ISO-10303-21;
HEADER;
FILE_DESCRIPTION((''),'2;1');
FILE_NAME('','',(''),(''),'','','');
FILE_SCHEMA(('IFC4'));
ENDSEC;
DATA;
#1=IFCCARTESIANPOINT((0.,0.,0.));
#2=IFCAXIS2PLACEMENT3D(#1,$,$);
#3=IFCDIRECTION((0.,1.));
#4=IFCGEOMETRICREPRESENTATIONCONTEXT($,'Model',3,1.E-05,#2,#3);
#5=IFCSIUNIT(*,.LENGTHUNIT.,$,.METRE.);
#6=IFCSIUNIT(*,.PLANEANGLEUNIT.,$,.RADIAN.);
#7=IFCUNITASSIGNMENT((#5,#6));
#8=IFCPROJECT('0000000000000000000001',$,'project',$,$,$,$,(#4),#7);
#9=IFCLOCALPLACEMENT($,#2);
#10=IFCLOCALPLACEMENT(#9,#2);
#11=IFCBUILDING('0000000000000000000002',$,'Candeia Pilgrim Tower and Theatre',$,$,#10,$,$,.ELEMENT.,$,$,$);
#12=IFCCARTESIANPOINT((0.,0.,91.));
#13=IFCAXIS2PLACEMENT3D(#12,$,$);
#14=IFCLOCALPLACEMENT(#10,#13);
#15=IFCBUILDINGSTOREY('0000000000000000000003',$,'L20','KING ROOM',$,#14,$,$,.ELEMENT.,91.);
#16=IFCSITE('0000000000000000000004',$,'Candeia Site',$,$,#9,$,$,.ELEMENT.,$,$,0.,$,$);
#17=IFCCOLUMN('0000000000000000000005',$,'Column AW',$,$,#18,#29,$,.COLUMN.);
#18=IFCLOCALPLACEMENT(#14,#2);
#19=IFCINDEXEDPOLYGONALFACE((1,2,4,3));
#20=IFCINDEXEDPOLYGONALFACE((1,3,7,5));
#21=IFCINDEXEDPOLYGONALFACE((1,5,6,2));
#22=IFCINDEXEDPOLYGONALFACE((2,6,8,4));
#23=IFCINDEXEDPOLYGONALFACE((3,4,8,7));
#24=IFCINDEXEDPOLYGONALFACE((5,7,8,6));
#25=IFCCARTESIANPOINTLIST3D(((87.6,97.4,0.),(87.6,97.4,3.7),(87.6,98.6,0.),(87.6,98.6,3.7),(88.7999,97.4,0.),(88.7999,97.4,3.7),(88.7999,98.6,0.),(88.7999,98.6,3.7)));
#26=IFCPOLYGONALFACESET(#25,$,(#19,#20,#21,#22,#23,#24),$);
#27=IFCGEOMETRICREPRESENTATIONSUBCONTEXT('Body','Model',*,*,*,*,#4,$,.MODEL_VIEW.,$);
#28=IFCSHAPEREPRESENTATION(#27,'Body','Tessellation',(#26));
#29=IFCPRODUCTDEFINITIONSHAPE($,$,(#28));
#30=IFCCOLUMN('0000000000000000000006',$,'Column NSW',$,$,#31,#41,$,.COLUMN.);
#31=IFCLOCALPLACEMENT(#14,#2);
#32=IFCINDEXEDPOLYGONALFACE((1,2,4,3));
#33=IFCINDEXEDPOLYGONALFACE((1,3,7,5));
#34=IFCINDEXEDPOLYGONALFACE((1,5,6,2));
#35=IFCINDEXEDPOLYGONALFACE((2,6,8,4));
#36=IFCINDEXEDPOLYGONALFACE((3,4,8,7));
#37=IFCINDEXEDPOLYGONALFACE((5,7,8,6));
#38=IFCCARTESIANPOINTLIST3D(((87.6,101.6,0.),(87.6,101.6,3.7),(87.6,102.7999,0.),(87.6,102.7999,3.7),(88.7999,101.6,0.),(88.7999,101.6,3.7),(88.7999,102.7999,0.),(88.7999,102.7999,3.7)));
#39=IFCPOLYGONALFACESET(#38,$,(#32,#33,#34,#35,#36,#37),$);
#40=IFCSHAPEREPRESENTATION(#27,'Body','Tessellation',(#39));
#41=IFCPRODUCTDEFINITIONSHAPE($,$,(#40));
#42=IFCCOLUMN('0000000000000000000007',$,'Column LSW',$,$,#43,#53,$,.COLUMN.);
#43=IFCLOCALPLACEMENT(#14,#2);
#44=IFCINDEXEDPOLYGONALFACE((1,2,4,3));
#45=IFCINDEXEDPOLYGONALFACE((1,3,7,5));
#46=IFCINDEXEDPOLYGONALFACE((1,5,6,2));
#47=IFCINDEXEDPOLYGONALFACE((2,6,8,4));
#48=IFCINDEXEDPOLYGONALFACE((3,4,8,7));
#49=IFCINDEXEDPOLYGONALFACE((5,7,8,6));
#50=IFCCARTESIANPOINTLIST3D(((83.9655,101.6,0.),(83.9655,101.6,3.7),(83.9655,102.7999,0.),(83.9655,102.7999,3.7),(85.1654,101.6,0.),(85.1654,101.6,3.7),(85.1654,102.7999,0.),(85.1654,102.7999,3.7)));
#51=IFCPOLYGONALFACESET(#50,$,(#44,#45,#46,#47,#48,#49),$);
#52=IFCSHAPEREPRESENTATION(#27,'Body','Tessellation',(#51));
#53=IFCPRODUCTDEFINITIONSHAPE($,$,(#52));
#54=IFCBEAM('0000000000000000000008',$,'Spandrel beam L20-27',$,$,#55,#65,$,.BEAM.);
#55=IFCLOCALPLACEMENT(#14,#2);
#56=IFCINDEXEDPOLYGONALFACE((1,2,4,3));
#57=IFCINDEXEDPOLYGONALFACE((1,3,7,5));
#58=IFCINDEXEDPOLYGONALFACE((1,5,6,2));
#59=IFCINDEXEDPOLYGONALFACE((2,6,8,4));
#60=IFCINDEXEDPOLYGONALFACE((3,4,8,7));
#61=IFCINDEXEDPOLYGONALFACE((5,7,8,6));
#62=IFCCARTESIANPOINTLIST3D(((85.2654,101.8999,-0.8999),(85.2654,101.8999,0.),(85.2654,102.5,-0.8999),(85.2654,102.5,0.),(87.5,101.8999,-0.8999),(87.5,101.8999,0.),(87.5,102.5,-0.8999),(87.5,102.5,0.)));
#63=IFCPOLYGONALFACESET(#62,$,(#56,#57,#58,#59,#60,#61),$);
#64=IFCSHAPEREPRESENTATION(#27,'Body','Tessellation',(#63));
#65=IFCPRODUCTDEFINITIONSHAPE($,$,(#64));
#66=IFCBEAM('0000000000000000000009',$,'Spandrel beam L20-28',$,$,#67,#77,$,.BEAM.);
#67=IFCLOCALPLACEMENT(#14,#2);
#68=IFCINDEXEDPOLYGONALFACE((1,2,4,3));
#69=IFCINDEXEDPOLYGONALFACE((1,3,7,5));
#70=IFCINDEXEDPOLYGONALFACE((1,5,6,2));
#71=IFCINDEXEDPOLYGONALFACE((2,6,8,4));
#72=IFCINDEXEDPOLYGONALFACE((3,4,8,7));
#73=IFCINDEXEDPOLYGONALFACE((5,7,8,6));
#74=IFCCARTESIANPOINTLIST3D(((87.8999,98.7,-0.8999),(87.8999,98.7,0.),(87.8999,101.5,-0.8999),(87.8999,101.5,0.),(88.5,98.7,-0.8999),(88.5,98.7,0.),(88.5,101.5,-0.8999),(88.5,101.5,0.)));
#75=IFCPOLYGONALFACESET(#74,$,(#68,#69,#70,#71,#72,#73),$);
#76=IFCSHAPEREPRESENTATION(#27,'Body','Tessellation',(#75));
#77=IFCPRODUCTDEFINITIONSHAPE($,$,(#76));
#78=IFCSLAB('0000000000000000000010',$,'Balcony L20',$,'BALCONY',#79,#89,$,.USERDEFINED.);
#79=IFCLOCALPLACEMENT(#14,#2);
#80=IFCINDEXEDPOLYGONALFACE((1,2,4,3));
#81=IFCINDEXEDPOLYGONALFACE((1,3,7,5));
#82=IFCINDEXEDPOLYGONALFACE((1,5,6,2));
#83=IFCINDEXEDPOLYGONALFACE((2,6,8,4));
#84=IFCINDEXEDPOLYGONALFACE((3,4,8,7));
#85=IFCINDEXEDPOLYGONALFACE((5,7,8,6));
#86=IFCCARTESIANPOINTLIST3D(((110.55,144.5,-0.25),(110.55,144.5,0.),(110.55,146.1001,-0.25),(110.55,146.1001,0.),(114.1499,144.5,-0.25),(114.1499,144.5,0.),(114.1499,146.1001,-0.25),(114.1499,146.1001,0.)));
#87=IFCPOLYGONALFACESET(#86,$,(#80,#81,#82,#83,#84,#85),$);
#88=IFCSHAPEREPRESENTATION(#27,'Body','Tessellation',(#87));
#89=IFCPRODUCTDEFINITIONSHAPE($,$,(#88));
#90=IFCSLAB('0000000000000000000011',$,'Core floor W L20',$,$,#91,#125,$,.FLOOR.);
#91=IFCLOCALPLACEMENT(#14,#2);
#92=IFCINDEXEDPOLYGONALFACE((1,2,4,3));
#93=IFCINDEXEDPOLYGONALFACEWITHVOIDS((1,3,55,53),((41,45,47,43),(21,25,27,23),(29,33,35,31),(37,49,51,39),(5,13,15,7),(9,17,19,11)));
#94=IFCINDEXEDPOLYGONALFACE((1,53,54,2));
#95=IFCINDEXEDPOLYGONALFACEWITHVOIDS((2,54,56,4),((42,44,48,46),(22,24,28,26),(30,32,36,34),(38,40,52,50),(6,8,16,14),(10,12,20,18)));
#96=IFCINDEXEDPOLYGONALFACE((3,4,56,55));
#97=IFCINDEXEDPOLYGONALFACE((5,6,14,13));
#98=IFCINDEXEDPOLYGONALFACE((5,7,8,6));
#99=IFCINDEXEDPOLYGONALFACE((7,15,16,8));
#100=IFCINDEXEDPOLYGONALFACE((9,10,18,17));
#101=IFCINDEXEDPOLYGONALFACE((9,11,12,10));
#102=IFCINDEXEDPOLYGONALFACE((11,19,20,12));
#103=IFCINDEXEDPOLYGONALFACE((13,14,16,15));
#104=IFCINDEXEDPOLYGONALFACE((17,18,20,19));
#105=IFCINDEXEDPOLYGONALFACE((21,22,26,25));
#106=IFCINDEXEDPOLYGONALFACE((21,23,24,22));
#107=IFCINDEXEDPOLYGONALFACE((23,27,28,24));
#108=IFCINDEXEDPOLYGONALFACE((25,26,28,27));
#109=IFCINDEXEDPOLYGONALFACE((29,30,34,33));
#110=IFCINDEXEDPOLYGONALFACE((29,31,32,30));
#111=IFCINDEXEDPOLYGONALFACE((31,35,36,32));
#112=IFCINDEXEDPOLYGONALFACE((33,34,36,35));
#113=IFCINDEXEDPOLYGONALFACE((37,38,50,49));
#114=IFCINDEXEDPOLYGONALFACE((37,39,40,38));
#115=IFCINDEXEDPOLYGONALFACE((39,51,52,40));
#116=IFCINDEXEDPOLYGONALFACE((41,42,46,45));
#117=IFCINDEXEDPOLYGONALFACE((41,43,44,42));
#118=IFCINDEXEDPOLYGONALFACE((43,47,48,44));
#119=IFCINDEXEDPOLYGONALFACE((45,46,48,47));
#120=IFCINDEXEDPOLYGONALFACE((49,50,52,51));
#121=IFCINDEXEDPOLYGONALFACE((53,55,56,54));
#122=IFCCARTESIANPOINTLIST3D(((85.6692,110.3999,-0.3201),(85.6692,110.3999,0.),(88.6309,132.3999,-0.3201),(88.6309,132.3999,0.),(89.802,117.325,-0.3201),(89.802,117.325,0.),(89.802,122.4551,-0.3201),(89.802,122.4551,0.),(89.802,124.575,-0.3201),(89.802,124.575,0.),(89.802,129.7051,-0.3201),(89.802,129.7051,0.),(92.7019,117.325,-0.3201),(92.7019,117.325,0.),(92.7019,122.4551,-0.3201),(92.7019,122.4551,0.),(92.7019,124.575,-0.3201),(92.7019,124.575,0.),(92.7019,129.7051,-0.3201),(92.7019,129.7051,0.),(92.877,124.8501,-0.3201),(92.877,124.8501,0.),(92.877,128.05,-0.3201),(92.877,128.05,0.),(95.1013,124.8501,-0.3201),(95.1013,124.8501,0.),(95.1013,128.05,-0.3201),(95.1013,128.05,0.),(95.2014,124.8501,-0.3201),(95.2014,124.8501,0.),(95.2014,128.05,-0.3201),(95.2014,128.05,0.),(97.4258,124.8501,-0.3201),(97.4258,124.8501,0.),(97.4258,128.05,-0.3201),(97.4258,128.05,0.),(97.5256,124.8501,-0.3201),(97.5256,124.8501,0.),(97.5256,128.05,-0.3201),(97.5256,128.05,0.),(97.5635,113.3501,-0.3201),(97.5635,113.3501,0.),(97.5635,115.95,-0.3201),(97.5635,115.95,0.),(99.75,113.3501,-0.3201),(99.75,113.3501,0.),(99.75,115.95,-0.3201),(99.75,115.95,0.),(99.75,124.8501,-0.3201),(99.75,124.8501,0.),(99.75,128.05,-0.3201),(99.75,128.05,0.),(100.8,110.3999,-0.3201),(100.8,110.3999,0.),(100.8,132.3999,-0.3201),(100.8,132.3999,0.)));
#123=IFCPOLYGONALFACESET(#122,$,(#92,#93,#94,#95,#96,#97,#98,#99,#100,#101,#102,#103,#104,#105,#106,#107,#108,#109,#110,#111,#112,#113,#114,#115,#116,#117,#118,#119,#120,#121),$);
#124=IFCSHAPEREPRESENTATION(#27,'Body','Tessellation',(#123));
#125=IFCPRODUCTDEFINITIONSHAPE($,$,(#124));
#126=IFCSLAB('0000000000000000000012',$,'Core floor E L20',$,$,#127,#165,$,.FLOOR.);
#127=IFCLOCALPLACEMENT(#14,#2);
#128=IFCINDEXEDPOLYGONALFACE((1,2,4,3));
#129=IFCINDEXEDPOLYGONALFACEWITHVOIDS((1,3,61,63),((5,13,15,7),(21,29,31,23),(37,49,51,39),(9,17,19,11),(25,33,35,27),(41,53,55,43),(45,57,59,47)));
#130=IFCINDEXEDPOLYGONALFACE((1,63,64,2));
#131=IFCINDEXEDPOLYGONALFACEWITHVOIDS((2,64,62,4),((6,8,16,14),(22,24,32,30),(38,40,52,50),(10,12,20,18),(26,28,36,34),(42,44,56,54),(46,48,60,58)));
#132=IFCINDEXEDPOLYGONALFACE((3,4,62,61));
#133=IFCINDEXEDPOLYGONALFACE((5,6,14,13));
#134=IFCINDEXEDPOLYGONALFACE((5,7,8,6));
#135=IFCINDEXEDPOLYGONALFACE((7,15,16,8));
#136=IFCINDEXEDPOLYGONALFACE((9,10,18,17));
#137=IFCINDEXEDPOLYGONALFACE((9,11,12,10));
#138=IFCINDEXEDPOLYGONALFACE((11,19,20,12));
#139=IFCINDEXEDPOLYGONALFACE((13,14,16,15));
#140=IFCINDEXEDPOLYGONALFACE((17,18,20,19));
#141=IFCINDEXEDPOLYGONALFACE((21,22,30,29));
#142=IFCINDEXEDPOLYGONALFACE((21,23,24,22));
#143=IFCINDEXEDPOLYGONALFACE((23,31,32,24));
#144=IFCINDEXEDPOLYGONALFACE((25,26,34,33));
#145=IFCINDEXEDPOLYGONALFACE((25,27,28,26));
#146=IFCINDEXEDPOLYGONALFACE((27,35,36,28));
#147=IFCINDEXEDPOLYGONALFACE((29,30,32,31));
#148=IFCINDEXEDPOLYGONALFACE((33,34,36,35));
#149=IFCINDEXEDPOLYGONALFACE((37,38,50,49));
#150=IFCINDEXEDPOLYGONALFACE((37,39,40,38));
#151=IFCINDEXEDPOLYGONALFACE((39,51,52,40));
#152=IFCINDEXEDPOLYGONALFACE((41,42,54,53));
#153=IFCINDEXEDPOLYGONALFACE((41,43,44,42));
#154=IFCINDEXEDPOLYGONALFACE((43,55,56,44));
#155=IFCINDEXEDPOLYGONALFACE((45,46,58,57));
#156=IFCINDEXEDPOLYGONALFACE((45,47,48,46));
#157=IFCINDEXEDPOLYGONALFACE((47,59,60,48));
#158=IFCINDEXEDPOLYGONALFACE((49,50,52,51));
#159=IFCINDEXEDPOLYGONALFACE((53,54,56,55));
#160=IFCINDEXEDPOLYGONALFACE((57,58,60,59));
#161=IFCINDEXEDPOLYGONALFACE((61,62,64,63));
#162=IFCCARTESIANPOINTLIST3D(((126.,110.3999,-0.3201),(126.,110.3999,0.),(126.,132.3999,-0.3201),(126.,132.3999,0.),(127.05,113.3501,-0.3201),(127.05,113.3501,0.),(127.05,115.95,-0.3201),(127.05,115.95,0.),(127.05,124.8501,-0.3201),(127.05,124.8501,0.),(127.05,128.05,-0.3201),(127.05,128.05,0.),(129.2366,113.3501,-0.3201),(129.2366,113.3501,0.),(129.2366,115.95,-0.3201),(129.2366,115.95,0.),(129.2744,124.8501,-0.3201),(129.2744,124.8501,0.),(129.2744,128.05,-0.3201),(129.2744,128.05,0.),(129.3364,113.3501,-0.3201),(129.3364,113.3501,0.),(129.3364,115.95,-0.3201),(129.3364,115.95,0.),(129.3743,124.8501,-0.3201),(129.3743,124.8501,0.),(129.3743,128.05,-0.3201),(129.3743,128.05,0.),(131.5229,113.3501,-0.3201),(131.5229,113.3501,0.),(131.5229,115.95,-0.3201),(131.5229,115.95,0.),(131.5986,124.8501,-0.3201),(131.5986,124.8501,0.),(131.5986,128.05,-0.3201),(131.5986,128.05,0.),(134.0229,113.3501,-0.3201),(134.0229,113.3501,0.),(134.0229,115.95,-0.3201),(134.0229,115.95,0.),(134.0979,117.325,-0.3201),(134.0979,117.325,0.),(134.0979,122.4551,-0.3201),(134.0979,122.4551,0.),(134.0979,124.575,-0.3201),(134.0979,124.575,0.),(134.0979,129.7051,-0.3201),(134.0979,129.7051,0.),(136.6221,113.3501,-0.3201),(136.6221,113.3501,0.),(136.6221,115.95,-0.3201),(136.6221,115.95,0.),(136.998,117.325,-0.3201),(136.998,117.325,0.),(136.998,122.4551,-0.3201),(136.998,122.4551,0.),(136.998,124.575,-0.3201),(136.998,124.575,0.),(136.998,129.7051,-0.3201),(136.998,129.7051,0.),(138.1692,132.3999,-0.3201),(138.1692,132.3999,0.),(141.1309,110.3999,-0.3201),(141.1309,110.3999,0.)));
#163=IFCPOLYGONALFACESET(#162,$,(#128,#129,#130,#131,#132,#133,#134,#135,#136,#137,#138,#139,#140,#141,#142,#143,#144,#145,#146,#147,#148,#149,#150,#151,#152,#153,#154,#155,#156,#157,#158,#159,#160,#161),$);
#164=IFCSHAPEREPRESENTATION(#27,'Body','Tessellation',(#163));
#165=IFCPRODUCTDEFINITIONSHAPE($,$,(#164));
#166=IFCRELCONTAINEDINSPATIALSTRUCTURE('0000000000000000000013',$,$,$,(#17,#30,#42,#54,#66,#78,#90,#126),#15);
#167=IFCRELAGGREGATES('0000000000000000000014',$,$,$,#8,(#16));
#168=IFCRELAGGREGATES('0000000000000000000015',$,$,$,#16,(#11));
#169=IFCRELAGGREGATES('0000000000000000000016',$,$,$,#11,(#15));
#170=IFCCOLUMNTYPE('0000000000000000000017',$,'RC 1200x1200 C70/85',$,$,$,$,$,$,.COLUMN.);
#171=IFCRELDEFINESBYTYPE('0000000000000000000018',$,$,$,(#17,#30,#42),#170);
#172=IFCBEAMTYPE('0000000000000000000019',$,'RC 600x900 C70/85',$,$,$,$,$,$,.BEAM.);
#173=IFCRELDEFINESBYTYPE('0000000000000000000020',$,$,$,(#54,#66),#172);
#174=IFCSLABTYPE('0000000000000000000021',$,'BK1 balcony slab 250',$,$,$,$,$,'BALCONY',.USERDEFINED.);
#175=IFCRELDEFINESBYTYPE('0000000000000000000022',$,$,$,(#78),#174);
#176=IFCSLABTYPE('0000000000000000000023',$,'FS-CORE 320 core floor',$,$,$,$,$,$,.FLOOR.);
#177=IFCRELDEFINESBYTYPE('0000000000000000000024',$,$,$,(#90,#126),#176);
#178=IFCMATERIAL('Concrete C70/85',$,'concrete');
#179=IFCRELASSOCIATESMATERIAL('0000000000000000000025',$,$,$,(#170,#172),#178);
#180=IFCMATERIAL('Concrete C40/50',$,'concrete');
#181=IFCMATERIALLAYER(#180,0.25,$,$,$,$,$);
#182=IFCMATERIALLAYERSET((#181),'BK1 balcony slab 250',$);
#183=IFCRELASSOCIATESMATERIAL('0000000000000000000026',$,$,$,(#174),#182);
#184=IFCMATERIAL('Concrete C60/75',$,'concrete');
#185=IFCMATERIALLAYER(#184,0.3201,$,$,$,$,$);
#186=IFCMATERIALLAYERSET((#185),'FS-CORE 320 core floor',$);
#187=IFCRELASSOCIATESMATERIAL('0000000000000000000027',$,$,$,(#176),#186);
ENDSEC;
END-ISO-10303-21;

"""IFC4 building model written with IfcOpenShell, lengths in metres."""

from ifc_helpers import new_model, si_unit, direction, frame, origin, origin_2d, place, context, subcontext, project, spatial, polyline, rectangle, outline, extrude, material, layer, layer_set, material_profile, profile_set, type_object, element, save


model = new_model("IFC4")

# Units and contexts
model_context = context("Model", 3, precision=1e-05, world=origin(), true_north=direction((0.0, 1.0)))
body_context = subcontext(model_context, "Body", "Model", "MODEL_VIEW")
ifc_project = project(units=[si_unit("LENGTHUNIT", "METRE"), si_unit("PLANEANGLEUNIT", "RADIAN")], contexts=[model_context])

# Site, building, storey
site_placement = place(None, origin())
site = spatial("IfcSite", under=ifc_project, at=site_placement, Name="Candeia Site", CompositionType="ELEMENT", RefElevation=0.0)
building_placement = place(site_placement, origin())
building = spatial("IfcBuilding", under=site, at=building_placement, Name="Candeia Pilgrim Tower and Theatre", CompositionType="ELEMENT")
storey_placement = place(building_placement, frame((0.0, 0.0, 91.0)))
storey = spatial("IfcBuildingStorey", under=building, at=storey_placement, Name="L20", Description="KING ROOM", CompositionType="ELEMENT", Elevation=91.0)

# Columns
ifc_material_1 = material(Name="Concrete C70/85", Category="concrete")
ifc_material_profile_1 = material_profile(ifc_material_1, rectangle(XDim=1.2, YDim=1.2, at=origin_2d()))
ifc_profile_set_1 = profile_set([ifc_material_profile_1], Name="Concrete C70/85")
column_type = type_object("IfcColumnType", Name="RC 1200x1200 C70/85", PredefinedType="COLUMN", material=ifc_profile_set_1)
for number, where, z_axis, x_axis, name in (
    (1, (88.2, 98.0, 0.0), (0.0, 0.0, 1.0), (1.0, 0.0, 0.0), "Column AW"),
    (2, (88.2, 102.2, 0.0), (0.0, 0.0, 1.0), (1.0, 0.0, 0.0), "Column NSW"),
    (3, (84.5654, 102.2, 0.0), (0.0, 0.0, 1.0), (1.0, 0.0, 0.0), "Column LSW"),
):
    element("IfcColumn", number, at=place(storey_placement, frame(where, z_axis=z_axis, x_axis=x_axis)), inside=storey, type_object=column_type, Name=name, PredefinedType="COLUMN", context=body_context, shape_type="SweptSolid", body=[
        extrude(rectangle(XDim=1.2, YDim=1.2, at=origin_2d()), origin(), (0.0, 0.0, 1.0), 3.7),
    ])

# Beams
ifc_material_profile_2 = material_profile(ifc_material_1, rectangle(XDim=0.6001, YDim=0.8999, at=origin_2d()))
ifc_profile_set_2 = profile_set([ifc_material_profile_2], Name="Concrete C70/85")
beam_type = type_object("IfcBeamType", Name="RC 600x900 C70/85", PredefinedType="BEAM", material=ifc_profile_set_2)
beam_1_placement = place(storey_placement, frame((85.2654, 102.2, -0.45), z_axis=(1.0, 0.0, 0.0), x_axis=(0.0, 1.0, 0.0)))
element("IfcBeam", 4, at=beam_1_placement, inside=storey, type_object=beam_type, Name="Spandrel beam L20-27", PredefinedType="BEAM", context=body_context, shape_type="SweptSolid", body=[
    extrude(rectangle(XDim=0.6001, YDim=0.8999, at=origin_2d()), origin(), (0.0, 0.0, 1.0), 2.2346),
])
beam_2_placement = place(storey_placement, frame((88.2, 101.5, -0.45), z_axis=(0.0, -1.0, 0.0), x_axis=(1.0, 0.0, 0.0)))
element("IfcBeam", 5, at=beam_2_placement, inside=storey, type_object=beam_type, Name="Spandrel beam L20-28", PredefinedType="BEAM", context=body_context, shape_type="SweptSolid", body=[
    extrude(rectangle(XDim=0.6001, YDim=0.8999, at=origin_2d()), origin(), (0.0, 0.0, 1.0), 2.8),
])

# Slabs
ifc_material_2 = material(Name="Concrete C40/50", Category="concrete")
ifc_layer_1 = layer(ifc_material_2, 0.25)
ifc_layer_set_1 = layer_set([ifc_layer_1], Name="BK1 balcony slab 250")
slab_type_1 = type_object("IfcSlabType", Name="BK1 balcony slab 250", ElementType="BALCONY", PredefinedType="USERDEFINED", material=ifc_layer_set_1)
slab_1_placement = place(storey_placement, frame((0.0, 0.0, -0.25)))
element("IfcSlab", 6, at=slab_1_placement, inside=storey, type_object=slab_type_1, Name="Balcony L20", ObjectType="BALCONY", PredefinedType="USERDEFINED", context=body_context, shape_type="SweptSolid", body=[
    extrude(outline(polyline([(110.55, 144.5), (114.1499, 144.5), (114.1499, 146.1001), (110.55, 146.1001), (110.55, 144.5)])), origin(), (0.0, 0.0, 1.0), 0.25),
])
ifc_material_3 = material(Name="Concrete C60/75", Category="concrete")
ifc_layer_2 = layer(ifc_material_3, 0.3201)
ifc_layer_set_2 = layer_set([ifc_layer_2], Name="FS-CORE 320 core floor")
slab_type_2 = type_object("IfcSlabType", Name="FS-CORE 320 core floor", PredefinedType="FLOOR", material=ifc_layer_set_2)
slab_2_placement = place(storey_placement, frame((0.0, 0.0, -0.3201)))
element("IfcSlab", 7, at=slab_2_placement, inside=storey, type_object=slab_type_2, Name="Core floor W L20", PredefinedType="FLOOR", context=body_context, shape_type="SweptSolid", body=[
    extrude(outline(polyline([(100.8, 132.3999), (100.8, 110.3999), (85.6692, 110.3999), (88.6309, 132.3999), (100.8, 132.3999)]), holes=[polyline([(97.5256, 128.05), (97.5256, 124.8501), (99.75, 124.8501), (99.75, 128.05), (97.5256, 128.05)]), polyline([(97.5635, 113.3501), (99.75, 113.3501), (99.75, 115.95), (97.5635, 115.95), (97.5635, 113.3501)]), polyline([(95.2014, 124.8501), (97.4258, 124.8501), (97.4258, 128.05), (95.2014, 128.05), (95.2014, 124.8501)]), polyline([(92.877, 128.05), (92.877, 124.8501), (95.1013, 124.8501), (95.1013, 128.05), (92.877, 128.05)]), polyline([(89.802, 122.4551), (89.802, 117.325), (92.7019, 117.325), (92.7019, 122.4551), (89.802, 122.4551)]), polyline([(89.802, 129.7051), (89.802, 124.575), (92.7019, 124.575), (92.7019, 129.7051), (89.802, 129.7051)])]), origin(), (0.0, 0.0, 1.0), 0.3201),
])
slab_3_placement = place(storey_placement, frame((0.0, 0.0, -0.3201)))
element("IfcSlab", 8, at=slab_3_placement, inside=storey, type_object=slab_type_2, Name="Core floor E L20", PredefinedType="FLOOR", context=body_context, shape_type="SweptSolid", body=[
    extrude(outline(polyline([(138.1692, 132.3999), (141.1309, 110.3999), (126.0, 110.3999), (126.0, 132.3999), (138.1692, 132.3999)]), holes=[polyline([(134.0979, 122.4551), (134.0979, 117.325), (136.998, 117.325), (136.998, 122.4551), (134.0979, 122.4551)]), polyline([(134.0979, 129.7051), (134.0979, 124.575), (136.998, 124.575), (136.998, 129.7051), (134.0979, 129.7051)]), polyline([(136.6221, 115.95), (134.0229, 115.95), (134.0229, 113.3501), (136.6221, 113.3501), (136.6221, 115.95)]), polyline([(131.5986, 128.05), (129.3743, 128.05), (129.3743, 124.8501), (131.5986, 124.8501), (131.5986, 128.05)]), polyline([(131.5229, 115.95), (129.3364, 115.95), (129.3364, 113.3501), (131.5229, 113.3501), (131.5229, 115.95)]), polyline([(129.2744, 128.05), (127.05, 128.05), (127.05, 124.8501), (129.2744, 124.8501), (129.2744, 128.05)]), polyline([(127.05, 115.95), (127.05, 113.3501), (129.2366, 113.3501), (129.2366, 115.95), (127.05, 115.95)])]), origin(), (0.0, 0.0, 1.0), 0.3201),
])

save(model, "model.ifc")
